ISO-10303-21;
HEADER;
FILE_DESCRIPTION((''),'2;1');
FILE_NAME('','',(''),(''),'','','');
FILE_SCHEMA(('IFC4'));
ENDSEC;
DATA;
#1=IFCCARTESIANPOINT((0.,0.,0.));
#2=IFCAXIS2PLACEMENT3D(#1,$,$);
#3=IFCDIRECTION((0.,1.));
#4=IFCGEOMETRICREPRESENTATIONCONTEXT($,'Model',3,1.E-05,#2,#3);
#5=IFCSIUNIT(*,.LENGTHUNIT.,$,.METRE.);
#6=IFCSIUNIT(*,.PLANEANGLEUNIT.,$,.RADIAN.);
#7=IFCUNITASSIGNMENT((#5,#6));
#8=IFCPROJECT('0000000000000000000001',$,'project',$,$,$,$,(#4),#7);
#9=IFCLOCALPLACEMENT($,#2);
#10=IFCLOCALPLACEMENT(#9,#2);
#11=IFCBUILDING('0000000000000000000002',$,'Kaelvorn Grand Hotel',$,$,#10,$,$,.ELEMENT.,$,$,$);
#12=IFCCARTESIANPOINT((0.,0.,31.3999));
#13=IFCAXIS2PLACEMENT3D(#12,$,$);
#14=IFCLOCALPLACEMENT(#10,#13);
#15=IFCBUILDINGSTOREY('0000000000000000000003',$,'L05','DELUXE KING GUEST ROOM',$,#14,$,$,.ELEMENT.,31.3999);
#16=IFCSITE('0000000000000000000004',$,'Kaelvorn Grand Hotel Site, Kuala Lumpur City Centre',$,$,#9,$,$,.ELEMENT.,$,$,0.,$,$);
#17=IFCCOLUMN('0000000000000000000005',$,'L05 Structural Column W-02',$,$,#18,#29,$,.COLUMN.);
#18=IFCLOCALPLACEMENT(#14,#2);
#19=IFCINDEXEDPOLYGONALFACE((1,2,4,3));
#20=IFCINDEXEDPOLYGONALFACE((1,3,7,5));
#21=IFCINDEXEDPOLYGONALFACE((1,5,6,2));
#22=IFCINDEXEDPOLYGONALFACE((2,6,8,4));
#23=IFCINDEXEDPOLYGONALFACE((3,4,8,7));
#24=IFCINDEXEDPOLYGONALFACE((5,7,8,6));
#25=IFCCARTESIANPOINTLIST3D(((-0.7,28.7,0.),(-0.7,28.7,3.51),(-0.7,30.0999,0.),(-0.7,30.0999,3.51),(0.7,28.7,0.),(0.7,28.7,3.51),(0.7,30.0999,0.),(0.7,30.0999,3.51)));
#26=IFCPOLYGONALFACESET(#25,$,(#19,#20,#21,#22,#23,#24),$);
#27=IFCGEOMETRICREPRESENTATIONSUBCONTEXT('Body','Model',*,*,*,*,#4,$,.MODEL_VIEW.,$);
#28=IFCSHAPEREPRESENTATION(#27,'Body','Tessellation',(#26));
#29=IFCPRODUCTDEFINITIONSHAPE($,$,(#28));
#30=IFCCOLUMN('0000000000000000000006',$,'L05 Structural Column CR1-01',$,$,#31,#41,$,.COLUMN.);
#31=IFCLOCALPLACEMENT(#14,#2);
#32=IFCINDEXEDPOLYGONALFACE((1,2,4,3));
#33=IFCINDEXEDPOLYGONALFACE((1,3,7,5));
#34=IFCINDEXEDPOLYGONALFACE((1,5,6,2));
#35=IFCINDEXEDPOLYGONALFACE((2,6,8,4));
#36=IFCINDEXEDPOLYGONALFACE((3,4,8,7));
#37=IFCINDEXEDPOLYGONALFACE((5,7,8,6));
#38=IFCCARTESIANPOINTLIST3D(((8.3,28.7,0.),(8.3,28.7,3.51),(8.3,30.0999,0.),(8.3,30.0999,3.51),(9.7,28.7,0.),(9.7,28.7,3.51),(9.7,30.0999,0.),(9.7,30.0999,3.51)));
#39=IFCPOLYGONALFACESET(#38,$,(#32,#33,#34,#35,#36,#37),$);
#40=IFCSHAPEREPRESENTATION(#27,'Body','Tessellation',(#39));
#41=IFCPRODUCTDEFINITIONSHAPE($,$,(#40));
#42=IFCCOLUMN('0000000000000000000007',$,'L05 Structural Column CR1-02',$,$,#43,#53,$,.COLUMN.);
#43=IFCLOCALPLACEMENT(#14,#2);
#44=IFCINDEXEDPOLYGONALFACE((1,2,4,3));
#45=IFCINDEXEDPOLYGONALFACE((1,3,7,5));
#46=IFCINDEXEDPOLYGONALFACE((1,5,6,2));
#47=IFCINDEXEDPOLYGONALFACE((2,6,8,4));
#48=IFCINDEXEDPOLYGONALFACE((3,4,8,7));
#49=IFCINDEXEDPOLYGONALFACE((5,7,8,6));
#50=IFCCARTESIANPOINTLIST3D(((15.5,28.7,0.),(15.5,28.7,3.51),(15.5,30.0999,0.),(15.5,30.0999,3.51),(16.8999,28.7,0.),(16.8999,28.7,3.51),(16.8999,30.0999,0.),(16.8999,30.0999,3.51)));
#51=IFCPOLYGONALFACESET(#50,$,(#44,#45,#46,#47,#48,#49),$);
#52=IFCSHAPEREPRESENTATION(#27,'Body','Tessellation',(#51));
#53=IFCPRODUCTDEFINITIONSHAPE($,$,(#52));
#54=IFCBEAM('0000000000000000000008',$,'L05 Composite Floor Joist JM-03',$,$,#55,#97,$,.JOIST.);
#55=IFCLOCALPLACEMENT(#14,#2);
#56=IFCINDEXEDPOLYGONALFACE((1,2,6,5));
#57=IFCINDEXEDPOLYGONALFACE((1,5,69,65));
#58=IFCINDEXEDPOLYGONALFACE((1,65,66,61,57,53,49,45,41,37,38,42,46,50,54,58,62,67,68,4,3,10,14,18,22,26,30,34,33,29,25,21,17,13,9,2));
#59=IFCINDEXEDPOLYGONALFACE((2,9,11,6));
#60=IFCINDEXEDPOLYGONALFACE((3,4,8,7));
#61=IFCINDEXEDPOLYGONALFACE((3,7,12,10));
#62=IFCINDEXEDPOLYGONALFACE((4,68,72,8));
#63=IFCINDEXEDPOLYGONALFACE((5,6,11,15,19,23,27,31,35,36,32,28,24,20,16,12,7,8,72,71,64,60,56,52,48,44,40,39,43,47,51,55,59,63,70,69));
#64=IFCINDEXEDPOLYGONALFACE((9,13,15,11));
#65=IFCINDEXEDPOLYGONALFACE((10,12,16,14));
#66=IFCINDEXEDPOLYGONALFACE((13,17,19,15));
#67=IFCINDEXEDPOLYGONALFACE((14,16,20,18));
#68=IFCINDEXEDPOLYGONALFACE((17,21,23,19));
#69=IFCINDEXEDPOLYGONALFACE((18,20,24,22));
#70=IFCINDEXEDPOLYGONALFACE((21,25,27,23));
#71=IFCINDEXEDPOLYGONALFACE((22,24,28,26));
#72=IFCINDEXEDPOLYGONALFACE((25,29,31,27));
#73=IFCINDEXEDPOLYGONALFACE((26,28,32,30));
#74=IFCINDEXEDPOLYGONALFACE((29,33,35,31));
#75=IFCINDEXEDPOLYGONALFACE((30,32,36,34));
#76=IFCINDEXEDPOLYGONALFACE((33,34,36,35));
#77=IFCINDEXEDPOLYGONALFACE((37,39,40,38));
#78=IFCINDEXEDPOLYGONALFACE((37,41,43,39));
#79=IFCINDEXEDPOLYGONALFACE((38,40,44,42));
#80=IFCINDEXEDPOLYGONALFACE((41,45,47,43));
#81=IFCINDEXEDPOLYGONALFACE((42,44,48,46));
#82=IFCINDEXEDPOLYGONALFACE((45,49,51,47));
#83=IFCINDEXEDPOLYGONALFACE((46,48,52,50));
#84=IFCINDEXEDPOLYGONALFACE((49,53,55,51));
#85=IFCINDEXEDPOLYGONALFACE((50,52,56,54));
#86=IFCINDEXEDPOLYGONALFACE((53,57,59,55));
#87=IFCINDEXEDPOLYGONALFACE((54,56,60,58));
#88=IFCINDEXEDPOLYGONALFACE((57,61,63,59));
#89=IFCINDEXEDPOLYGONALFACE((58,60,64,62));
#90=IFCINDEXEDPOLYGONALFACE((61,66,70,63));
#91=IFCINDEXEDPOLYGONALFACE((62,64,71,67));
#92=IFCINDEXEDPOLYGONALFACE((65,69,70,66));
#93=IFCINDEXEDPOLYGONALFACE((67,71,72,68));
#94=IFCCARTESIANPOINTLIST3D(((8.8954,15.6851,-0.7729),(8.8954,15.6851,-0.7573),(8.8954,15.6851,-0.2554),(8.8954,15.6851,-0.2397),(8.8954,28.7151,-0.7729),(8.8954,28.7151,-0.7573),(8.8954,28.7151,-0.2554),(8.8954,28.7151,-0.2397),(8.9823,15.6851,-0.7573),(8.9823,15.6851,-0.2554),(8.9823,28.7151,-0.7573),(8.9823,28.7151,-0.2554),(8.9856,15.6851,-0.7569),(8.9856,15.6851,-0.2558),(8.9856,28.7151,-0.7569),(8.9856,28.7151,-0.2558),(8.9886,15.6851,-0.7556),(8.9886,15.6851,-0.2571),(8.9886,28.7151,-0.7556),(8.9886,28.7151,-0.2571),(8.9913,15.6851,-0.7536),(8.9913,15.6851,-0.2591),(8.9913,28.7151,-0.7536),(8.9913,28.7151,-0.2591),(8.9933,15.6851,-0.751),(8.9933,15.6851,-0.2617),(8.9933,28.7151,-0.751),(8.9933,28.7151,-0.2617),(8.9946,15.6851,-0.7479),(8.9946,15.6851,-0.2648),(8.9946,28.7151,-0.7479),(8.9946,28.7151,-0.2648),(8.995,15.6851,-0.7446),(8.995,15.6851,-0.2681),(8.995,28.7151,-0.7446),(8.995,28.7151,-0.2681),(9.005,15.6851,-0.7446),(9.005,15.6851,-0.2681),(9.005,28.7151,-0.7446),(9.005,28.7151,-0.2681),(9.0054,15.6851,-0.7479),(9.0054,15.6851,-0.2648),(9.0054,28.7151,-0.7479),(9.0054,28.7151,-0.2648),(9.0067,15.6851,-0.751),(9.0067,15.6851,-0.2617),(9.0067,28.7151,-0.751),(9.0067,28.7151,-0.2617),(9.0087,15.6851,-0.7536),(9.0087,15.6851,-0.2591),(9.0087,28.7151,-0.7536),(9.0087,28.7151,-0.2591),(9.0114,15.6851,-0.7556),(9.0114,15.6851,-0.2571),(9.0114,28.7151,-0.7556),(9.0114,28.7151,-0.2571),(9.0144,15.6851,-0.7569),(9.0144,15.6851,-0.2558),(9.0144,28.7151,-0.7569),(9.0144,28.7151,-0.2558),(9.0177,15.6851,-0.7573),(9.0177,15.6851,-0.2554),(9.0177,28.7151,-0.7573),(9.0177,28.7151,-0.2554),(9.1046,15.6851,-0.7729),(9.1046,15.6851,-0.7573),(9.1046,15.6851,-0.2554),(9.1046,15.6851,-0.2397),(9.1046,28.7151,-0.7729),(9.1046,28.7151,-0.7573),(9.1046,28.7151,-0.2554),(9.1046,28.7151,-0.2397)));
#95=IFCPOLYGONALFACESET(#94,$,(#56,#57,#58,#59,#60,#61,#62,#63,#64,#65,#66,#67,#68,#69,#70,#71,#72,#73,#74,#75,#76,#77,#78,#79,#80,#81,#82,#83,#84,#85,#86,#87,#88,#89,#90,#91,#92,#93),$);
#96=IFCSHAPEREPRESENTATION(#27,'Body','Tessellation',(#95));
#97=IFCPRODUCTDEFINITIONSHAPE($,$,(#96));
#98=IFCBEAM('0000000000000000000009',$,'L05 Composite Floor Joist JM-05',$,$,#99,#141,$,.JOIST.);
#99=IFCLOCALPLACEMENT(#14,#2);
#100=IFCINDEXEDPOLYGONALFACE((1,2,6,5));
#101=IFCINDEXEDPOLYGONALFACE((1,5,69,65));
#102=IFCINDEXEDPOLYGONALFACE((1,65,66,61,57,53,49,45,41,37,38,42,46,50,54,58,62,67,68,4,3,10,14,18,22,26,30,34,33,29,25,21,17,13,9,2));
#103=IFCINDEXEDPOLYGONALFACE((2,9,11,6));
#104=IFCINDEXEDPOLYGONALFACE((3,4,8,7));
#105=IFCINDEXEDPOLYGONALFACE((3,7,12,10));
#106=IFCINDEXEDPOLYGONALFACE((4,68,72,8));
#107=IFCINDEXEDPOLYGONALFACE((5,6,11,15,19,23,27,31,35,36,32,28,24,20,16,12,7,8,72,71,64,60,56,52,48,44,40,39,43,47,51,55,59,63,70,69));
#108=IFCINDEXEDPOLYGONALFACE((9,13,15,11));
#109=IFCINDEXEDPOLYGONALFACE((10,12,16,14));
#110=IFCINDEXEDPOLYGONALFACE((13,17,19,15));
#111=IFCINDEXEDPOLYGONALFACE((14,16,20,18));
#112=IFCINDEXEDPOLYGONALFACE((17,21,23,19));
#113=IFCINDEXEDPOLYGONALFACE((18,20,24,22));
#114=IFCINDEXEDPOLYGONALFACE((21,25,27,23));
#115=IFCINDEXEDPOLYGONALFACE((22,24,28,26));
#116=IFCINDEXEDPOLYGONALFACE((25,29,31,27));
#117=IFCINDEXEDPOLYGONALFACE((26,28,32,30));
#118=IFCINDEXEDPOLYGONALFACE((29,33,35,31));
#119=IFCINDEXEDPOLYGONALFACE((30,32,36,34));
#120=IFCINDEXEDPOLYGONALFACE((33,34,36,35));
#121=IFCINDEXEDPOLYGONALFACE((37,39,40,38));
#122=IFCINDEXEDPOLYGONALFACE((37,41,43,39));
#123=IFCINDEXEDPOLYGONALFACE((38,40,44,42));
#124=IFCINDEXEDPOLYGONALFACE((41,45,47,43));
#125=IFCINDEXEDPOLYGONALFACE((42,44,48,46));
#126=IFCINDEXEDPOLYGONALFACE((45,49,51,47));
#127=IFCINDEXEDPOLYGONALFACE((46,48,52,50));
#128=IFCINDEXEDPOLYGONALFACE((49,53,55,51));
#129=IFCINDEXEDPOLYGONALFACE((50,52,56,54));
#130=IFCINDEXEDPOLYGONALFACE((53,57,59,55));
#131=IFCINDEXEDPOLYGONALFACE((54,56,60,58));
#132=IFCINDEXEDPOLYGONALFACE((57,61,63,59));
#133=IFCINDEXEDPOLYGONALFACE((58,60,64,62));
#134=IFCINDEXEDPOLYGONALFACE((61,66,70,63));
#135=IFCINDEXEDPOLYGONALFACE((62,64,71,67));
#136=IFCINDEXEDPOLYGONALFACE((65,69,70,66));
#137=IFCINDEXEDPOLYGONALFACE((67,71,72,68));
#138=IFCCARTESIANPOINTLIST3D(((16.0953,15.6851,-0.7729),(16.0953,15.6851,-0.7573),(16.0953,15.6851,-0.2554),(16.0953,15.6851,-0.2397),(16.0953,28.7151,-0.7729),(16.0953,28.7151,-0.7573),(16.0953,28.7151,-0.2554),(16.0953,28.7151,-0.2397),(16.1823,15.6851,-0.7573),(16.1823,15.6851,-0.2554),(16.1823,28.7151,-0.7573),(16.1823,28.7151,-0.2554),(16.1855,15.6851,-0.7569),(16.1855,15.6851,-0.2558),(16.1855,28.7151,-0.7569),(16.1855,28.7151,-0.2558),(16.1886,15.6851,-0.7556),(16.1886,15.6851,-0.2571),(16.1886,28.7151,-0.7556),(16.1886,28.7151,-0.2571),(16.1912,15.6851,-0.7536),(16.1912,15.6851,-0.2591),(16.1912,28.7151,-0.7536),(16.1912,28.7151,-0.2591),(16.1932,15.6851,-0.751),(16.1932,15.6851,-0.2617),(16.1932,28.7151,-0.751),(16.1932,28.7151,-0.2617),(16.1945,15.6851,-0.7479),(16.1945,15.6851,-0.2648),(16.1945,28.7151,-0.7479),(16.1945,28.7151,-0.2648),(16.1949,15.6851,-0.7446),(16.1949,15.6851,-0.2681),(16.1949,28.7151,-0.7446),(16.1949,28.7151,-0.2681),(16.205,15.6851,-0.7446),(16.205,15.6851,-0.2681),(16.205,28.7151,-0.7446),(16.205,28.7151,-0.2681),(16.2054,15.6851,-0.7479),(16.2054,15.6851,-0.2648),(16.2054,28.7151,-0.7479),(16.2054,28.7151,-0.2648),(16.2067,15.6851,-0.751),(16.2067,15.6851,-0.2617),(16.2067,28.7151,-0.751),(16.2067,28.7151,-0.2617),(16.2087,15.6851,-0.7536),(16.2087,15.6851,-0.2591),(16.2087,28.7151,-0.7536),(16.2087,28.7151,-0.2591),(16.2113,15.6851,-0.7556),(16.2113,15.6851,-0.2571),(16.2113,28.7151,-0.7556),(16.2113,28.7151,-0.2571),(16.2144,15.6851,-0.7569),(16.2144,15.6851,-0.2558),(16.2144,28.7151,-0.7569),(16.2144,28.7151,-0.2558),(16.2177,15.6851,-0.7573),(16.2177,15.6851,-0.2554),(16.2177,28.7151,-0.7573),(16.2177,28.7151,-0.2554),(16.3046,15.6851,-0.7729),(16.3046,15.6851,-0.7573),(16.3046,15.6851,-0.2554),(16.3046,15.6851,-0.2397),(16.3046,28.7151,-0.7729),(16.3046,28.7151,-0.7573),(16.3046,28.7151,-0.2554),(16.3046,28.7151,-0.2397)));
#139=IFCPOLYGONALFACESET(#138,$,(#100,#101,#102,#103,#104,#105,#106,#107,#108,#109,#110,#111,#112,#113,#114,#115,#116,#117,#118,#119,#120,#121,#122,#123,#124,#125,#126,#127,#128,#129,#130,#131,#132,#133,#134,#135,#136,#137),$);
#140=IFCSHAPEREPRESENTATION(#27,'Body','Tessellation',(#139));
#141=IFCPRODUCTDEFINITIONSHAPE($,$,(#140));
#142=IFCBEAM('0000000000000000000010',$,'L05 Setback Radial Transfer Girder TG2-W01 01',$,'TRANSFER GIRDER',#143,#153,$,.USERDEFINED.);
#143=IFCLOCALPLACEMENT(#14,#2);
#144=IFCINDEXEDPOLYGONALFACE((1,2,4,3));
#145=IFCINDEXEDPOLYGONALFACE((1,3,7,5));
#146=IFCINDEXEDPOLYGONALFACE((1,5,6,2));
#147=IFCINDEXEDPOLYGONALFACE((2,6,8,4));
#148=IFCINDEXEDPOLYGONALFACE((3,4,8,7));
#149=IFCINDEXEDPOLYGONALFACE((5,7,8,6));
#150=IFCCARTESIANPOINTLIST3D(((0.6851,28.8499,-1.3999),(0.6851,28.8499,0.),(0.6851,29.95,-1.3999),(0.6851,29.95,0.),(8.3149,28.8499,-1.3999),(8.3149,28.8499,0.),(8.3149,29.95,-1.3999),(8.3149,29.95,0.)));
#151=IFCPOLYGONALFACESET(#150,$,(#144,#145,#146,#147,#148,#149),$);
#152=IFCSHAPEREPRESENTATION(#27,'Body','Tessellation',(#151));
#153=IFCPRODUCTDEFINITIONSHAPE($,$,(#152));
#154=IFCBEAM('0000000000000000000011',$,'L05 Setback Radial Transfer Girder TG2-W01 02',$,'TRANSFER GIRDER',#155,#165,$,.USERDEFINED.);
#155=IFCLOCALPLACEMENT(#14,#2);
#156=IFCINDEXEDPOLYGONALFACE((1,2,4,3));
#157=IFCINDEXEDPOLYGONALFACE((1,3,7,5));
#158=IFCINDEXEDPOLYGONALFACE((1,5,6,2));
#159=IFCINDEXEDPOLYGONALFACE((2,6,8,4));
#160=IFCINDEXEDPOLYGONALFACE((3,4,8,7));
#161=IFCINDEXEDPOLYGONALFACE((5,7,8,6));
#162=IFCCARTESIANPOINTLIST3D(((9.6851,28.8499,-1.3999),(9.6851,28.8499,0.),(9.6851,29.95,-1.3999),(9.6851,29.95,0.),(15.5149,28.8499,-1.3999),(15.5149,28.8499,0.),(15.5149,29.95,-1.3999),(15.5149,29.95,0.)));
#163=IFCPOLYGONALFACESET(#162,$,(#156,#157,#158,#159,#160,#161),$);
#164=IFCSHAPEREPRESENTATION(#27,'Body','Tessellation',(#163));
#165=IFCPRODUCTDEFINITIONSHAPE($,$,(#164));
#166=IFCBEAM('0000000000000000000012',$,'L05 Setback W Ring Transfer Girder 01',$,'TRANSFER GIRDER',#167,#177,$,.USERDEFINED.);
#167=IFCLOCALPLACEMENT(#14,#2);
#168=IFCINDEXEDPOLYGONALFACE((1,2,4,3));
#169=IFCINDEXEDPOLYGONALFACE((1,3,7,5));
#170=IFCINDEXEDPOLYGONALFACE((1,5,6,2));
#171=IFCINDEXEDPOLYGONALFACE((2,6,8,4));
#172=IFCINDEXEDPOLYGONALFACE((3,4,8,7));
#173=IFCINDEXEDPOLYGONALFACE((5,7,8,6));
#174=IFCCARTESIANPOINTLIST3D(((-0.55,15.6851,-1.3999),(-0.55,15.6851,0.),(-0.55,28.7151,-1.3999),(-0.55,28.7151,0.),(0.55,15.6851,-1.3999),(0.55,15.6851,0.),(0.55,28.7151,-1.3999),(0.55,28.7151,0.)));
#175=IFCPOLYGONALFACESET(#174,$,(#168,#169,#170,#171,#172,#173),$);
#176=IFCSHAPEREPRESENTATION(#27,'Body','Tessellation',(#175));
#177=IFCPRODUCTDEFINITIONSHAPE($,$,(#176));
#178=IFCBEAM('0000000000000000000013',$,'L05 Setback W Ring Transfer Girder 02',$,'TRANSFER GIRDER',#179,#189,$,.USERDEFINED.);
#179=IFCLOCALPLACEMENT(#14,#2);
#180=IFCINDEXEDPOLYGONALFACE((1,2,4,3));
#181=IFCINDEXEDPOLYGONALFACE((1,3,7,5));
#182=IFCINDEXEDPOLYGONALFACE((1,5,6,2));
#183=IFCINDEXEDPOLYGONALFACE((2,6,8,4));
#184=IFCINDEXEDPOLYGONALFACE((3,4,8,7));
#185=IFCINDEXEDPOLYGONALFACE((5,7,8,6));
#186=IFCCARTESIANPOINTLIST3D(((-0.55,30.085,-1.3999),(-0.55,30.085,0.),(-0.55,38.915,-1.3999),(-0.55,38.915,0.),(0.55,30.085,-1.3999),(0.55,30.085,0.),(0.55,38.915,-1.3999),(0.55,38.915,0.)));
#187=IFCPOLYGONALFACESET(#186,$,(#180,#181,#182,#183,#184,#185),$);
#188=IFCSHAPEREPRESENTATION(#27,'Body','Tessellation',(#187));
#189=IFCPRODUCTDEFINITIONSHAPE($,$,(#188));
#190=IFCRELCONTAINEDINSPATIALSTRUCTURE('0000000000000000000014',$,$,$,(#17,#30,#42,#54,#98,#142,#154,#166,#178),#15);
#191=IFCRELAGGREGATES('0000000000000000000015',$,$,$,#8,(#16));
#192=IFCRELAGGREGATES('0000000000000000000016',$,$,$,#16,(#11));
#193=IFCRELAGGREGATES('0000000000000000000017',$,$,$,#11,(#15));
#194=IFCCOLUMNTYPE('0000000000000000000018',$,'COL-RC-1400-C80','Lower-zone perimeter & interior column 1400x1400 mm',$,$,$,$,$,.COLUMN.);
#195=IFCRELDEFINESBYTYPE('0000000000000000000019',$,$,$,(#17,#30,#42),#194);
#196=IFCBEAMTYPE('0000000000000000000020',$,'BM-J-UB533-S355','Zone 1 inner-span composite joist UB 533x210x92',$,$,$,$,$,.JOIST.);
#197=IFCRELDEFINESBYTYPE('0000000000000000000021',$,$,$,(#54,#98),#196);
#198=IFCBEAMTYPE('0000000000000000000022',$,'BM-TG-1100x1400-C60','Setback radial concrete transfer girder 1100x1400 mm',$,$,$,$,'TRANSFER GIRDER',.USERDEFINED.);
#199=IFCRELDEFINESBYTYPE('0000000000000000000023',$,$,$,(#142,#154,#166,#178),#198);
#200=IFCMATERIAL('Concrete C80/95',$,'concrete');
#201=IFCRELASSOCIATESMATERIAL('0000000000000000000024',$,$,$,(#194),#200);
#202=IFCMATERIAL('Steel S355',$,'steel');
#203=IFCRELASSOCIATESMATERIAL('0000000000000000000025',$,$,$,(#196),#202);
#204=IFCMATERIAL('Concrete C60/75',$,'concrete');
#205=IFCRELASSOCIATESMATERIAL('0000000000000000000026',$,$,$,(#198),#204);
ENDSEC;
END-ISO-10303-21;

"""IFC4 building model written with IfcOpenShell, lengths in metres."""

from ifc_helpers import new_model, si_unit, direction, frame, origin, origin_2d, place, context, subcontext, project, spatial, rectangle, i_section, extrude, material, material_profile, profile_set, type_object, element, save


model = new_model("IFC4")

# Units and contexts
model_context = context("Model", 3, precision=1e-05, world=origin(), true_north=direction((0.0, 1.0)))
body_context = subcontext(model_context, "Body", "Model", "MODEL_VIEW")
ifc_project = project(units=[si_unit("LENGTHUNIT", "METRE"), si_unit("PLANEANGLEUNIT", "RADIAN")], contexts=[model_context])

# Site, building, storey
site_placement = place(None, origin())
site = spatial("IfcSite", under=ifc_project, at=site_placement, Name="Kaelvorn Grand Hotel Site, Kuala Lumpur City Centre", CompositionType="ELEMENT", RefElevation=0.0)
building_placement = place(site_placement, origin())
building = spatial("IfcBuilding", under=site, at=building_placement, Name="Kaelvorn Grand Hotel", CompositionType="ELEMENT")
storey_placement = place(building_placement, frame((0.0, 0.0, 31.3999)))
storey = spatial("IfcBuildingStorey", under=building, at=storey_placement, Name="L05", Description="DELUXE KING GUEST ROOM", CompositionType="ELEMENT", Elevation=31.3999)

# Columns
ifc_material_1 = material(Name="Concrete C80/95", Category="concrete")
ifc_material_profile_1 = material_profile(ifc_material_1, rectangle(XDim=1.3999, YDim=1.3999, at=origin_2d()), Name="RC COL 1400x1400")
ifc_profile_set_1 = profile_set([ifc_material_profile_1], Name="Concrete C80/95")
column_type = type_object("IfcColumnType", Name="COL-RC-1400-C80", Description="Lower-zone perimeter & interior column 1400x1400 mm", PredefinedType="COLUMN", material=ifc_profile_set_1)
for number, where, z_axis, x_axis, name in (
    (1, (0.0, 29.3999, 0.0), (0.0, 0.0, 1.0), (1.0, 0.0, 0.0), "L05 Structural Column W-02"),
    (2, (9.0, 29.3999, 0.0), (0.0, 0.0, 1.0), (1.0, 0.0, 0.0), "L05 Structural Column CR1-01"),
    (3, (16.2, 29.3999, 0.0), (0.0, 0.0, 1.0), (1.0, 0.0, 0.0), "L05 Structural Column CR1-02"),
):
    element("IfcColumn", number, at=place(storey_placement, frame(where, z_axis=z_axis, x_axis=x_axis)), inside=storey, type_object=column_type, Name=name, PredefinedType="COLUMN", context=body_context, shape_type="SweptSolid", body=[
        extrude(rectangle(XDim=1.3999, YDim=1.3999, at=origin_2d()), origin(), (0.0, 0.0, 1.0), 3.51),
    ])

# Beams
ifc_material_2 = material(Name="Steel S355", Category="steel")
ifc_material_profile_2 = material_profile(ifc_material_2, i_section(OverallWidth=0.2092, OverallDepth=0.5332, WebThickness=0.01, FlangeThickness=0.0156, FilletRadius=0.0127, at=origin_2d()), Name="UB 533x210x92")
ifc_profile_set_2 = profile_set([ifc_material_profile_2], Name="Steel S355")
beam_type_1 = type_object("IfcBeamType", Name="BM-J-UB533-S355", Description="Zone 1 inner-span composite joist UB 533x210x92", PredefinedType="JOIST", material=ifc_profile_set_2)
for number, where, z_axis, x_axis, name in (
    (4, (9.0, 15.6851, -0.5063), (0.0, 1.0, 0.0), (-1.0, 0.0, 0.0), "L05 Composite Floor Joist JM-03"),
    (5, (16.2, 15.6851, -0.5063), (0.0, 1.0, 0.0), (-1.0, 0.0, 0.0), "L05 Composite Floor Joist JM-05"),
):
    element("IfcBeam", number, at=place(storey_placement, frame(where, z_axis=z_axis, x_axis=x_axis)), inside=storey, type_object=beam_type_1, Name=name, PredefinedType="JOIST", context=body_context, shape_type="SweptSolid", body=[
        extrude(i_section(OverallWidth=0.2092, OverallDepth=0.5332, WebThickness=0.01, FlangeThickness=0.0156, FilletRadius=0.0127, at=origin_2d()), origin(), (0.0, 0.0, 1.0), 13.03),
    ])
ifc_material_3 = material(Name="Concrete C60/75", Category="concrete")
ifc_material_profile_3 = material_profile(ifc_material_3, rectangle(XDim=1.1001, YDim=1.3999, at=origin_2d()), Name="RC TG 1100x1400")
ifc_profile_set_3 = profile_set([ifc_material_profile_3], Name="Concrete C60/75")
beam_type_2 = type_object("IfcBeamType", Name="BM-TG-1100x1400-C60", Description="Setback radial concrete transfer girder 1100x1400 mm", ElementType="TRANSFER GIRDER", PredefinedType="USERDEFINED", material=ifc_profile_set_3)
beam_1_placement = place(storey_placement, frame((0.6851, 29.3999, -0.7), z_axis=(1.0, 0.0, 0.0), x_axis=(0.0, 1.0, 0.0)))
element("IfcBeam", 6, at=beam_1_placement, inside=storey, type_object=beam_type_2, Name="L05 Setback Radial Transfer Girder TG2-W01 01", ObjectType="TRANSFER GIRDER", PredefinedType="USERDEFINED", context=body_context, shape_type="SweptSolid", body=[
    extrude(rectangle(XDim=1.1001, YDim=1.3999, at=origin_2d()), origin(), (0.0, 0.0, 1.0), 7.6299),
])
beam_2_placement = place(storey_placement, frame((9.6851, 29.3999, -0.7), z_axis=(1.0, 0.0, 0.0), x_axis=(0.0, 1.0, 0.0)))
element("IfcBeam", 7, at=beam_2_placement, inside=storey, type_object=beam_type_2, Name="L05 Setback Radial Transfer Girder TG2-W01 02", ObjectType="TRANSFER GIRDER", PredefinedType="USERDEFINED", context=body_context, shape_type="SweptSolid", body=[
    extrude(rectangle(XDim=1.1001, YDim=1.3999, at=origin_2d()), origin(), (0.0, 0.0, 1.0), 5.8298),
])
beam_3_placement = place(storey_placement, frame((0.0, 15.6851, -0.7), z_axis=(0.0, 1.0, 0.0), x_axis=(-1.0, 0.0, 0.0)))
element("IfcBeam", 8, at=beam_3_placement, inside=storey, type_object=beam_type_2, Name="L05 Setback W Ring Transfer Girder 01", ObjectType="TRANSFER GIRDER", PredefinedType="USERDEFINED", context=body_context, shape_type="SweptSolid", body=[
    extrude(rectangle(XDim=1.1001, YDim=1.3999, at=origin_2d()), origin(), (0.0, 0.0, 1.0), 13.03),
])
beam_4_placement = place(storey_placement, frame((0.0, 30.085, -0.7), z_axis=(0.0, 1.0, 0.0), x_axis=(-1.0, 0.0, 0.0)))
element("IfcBeam", 9, at=beam_4_placement, inside=storey, type_object=beam_type_2, Name="L05 Setback W Ring Transfer Girder 02", ObjectType="TRANSFER GIRDER", PredefinedType="USERDEFINED", context=body_context, shape_type="SweptSolid", body=[
    extrude(rectangle(XDim=1.1001, YDim=1.3999, at=origin_2d()), origin(), (0.0, 0.0, 1.0), 8.8301),
])

save(model, "model.ifc")
